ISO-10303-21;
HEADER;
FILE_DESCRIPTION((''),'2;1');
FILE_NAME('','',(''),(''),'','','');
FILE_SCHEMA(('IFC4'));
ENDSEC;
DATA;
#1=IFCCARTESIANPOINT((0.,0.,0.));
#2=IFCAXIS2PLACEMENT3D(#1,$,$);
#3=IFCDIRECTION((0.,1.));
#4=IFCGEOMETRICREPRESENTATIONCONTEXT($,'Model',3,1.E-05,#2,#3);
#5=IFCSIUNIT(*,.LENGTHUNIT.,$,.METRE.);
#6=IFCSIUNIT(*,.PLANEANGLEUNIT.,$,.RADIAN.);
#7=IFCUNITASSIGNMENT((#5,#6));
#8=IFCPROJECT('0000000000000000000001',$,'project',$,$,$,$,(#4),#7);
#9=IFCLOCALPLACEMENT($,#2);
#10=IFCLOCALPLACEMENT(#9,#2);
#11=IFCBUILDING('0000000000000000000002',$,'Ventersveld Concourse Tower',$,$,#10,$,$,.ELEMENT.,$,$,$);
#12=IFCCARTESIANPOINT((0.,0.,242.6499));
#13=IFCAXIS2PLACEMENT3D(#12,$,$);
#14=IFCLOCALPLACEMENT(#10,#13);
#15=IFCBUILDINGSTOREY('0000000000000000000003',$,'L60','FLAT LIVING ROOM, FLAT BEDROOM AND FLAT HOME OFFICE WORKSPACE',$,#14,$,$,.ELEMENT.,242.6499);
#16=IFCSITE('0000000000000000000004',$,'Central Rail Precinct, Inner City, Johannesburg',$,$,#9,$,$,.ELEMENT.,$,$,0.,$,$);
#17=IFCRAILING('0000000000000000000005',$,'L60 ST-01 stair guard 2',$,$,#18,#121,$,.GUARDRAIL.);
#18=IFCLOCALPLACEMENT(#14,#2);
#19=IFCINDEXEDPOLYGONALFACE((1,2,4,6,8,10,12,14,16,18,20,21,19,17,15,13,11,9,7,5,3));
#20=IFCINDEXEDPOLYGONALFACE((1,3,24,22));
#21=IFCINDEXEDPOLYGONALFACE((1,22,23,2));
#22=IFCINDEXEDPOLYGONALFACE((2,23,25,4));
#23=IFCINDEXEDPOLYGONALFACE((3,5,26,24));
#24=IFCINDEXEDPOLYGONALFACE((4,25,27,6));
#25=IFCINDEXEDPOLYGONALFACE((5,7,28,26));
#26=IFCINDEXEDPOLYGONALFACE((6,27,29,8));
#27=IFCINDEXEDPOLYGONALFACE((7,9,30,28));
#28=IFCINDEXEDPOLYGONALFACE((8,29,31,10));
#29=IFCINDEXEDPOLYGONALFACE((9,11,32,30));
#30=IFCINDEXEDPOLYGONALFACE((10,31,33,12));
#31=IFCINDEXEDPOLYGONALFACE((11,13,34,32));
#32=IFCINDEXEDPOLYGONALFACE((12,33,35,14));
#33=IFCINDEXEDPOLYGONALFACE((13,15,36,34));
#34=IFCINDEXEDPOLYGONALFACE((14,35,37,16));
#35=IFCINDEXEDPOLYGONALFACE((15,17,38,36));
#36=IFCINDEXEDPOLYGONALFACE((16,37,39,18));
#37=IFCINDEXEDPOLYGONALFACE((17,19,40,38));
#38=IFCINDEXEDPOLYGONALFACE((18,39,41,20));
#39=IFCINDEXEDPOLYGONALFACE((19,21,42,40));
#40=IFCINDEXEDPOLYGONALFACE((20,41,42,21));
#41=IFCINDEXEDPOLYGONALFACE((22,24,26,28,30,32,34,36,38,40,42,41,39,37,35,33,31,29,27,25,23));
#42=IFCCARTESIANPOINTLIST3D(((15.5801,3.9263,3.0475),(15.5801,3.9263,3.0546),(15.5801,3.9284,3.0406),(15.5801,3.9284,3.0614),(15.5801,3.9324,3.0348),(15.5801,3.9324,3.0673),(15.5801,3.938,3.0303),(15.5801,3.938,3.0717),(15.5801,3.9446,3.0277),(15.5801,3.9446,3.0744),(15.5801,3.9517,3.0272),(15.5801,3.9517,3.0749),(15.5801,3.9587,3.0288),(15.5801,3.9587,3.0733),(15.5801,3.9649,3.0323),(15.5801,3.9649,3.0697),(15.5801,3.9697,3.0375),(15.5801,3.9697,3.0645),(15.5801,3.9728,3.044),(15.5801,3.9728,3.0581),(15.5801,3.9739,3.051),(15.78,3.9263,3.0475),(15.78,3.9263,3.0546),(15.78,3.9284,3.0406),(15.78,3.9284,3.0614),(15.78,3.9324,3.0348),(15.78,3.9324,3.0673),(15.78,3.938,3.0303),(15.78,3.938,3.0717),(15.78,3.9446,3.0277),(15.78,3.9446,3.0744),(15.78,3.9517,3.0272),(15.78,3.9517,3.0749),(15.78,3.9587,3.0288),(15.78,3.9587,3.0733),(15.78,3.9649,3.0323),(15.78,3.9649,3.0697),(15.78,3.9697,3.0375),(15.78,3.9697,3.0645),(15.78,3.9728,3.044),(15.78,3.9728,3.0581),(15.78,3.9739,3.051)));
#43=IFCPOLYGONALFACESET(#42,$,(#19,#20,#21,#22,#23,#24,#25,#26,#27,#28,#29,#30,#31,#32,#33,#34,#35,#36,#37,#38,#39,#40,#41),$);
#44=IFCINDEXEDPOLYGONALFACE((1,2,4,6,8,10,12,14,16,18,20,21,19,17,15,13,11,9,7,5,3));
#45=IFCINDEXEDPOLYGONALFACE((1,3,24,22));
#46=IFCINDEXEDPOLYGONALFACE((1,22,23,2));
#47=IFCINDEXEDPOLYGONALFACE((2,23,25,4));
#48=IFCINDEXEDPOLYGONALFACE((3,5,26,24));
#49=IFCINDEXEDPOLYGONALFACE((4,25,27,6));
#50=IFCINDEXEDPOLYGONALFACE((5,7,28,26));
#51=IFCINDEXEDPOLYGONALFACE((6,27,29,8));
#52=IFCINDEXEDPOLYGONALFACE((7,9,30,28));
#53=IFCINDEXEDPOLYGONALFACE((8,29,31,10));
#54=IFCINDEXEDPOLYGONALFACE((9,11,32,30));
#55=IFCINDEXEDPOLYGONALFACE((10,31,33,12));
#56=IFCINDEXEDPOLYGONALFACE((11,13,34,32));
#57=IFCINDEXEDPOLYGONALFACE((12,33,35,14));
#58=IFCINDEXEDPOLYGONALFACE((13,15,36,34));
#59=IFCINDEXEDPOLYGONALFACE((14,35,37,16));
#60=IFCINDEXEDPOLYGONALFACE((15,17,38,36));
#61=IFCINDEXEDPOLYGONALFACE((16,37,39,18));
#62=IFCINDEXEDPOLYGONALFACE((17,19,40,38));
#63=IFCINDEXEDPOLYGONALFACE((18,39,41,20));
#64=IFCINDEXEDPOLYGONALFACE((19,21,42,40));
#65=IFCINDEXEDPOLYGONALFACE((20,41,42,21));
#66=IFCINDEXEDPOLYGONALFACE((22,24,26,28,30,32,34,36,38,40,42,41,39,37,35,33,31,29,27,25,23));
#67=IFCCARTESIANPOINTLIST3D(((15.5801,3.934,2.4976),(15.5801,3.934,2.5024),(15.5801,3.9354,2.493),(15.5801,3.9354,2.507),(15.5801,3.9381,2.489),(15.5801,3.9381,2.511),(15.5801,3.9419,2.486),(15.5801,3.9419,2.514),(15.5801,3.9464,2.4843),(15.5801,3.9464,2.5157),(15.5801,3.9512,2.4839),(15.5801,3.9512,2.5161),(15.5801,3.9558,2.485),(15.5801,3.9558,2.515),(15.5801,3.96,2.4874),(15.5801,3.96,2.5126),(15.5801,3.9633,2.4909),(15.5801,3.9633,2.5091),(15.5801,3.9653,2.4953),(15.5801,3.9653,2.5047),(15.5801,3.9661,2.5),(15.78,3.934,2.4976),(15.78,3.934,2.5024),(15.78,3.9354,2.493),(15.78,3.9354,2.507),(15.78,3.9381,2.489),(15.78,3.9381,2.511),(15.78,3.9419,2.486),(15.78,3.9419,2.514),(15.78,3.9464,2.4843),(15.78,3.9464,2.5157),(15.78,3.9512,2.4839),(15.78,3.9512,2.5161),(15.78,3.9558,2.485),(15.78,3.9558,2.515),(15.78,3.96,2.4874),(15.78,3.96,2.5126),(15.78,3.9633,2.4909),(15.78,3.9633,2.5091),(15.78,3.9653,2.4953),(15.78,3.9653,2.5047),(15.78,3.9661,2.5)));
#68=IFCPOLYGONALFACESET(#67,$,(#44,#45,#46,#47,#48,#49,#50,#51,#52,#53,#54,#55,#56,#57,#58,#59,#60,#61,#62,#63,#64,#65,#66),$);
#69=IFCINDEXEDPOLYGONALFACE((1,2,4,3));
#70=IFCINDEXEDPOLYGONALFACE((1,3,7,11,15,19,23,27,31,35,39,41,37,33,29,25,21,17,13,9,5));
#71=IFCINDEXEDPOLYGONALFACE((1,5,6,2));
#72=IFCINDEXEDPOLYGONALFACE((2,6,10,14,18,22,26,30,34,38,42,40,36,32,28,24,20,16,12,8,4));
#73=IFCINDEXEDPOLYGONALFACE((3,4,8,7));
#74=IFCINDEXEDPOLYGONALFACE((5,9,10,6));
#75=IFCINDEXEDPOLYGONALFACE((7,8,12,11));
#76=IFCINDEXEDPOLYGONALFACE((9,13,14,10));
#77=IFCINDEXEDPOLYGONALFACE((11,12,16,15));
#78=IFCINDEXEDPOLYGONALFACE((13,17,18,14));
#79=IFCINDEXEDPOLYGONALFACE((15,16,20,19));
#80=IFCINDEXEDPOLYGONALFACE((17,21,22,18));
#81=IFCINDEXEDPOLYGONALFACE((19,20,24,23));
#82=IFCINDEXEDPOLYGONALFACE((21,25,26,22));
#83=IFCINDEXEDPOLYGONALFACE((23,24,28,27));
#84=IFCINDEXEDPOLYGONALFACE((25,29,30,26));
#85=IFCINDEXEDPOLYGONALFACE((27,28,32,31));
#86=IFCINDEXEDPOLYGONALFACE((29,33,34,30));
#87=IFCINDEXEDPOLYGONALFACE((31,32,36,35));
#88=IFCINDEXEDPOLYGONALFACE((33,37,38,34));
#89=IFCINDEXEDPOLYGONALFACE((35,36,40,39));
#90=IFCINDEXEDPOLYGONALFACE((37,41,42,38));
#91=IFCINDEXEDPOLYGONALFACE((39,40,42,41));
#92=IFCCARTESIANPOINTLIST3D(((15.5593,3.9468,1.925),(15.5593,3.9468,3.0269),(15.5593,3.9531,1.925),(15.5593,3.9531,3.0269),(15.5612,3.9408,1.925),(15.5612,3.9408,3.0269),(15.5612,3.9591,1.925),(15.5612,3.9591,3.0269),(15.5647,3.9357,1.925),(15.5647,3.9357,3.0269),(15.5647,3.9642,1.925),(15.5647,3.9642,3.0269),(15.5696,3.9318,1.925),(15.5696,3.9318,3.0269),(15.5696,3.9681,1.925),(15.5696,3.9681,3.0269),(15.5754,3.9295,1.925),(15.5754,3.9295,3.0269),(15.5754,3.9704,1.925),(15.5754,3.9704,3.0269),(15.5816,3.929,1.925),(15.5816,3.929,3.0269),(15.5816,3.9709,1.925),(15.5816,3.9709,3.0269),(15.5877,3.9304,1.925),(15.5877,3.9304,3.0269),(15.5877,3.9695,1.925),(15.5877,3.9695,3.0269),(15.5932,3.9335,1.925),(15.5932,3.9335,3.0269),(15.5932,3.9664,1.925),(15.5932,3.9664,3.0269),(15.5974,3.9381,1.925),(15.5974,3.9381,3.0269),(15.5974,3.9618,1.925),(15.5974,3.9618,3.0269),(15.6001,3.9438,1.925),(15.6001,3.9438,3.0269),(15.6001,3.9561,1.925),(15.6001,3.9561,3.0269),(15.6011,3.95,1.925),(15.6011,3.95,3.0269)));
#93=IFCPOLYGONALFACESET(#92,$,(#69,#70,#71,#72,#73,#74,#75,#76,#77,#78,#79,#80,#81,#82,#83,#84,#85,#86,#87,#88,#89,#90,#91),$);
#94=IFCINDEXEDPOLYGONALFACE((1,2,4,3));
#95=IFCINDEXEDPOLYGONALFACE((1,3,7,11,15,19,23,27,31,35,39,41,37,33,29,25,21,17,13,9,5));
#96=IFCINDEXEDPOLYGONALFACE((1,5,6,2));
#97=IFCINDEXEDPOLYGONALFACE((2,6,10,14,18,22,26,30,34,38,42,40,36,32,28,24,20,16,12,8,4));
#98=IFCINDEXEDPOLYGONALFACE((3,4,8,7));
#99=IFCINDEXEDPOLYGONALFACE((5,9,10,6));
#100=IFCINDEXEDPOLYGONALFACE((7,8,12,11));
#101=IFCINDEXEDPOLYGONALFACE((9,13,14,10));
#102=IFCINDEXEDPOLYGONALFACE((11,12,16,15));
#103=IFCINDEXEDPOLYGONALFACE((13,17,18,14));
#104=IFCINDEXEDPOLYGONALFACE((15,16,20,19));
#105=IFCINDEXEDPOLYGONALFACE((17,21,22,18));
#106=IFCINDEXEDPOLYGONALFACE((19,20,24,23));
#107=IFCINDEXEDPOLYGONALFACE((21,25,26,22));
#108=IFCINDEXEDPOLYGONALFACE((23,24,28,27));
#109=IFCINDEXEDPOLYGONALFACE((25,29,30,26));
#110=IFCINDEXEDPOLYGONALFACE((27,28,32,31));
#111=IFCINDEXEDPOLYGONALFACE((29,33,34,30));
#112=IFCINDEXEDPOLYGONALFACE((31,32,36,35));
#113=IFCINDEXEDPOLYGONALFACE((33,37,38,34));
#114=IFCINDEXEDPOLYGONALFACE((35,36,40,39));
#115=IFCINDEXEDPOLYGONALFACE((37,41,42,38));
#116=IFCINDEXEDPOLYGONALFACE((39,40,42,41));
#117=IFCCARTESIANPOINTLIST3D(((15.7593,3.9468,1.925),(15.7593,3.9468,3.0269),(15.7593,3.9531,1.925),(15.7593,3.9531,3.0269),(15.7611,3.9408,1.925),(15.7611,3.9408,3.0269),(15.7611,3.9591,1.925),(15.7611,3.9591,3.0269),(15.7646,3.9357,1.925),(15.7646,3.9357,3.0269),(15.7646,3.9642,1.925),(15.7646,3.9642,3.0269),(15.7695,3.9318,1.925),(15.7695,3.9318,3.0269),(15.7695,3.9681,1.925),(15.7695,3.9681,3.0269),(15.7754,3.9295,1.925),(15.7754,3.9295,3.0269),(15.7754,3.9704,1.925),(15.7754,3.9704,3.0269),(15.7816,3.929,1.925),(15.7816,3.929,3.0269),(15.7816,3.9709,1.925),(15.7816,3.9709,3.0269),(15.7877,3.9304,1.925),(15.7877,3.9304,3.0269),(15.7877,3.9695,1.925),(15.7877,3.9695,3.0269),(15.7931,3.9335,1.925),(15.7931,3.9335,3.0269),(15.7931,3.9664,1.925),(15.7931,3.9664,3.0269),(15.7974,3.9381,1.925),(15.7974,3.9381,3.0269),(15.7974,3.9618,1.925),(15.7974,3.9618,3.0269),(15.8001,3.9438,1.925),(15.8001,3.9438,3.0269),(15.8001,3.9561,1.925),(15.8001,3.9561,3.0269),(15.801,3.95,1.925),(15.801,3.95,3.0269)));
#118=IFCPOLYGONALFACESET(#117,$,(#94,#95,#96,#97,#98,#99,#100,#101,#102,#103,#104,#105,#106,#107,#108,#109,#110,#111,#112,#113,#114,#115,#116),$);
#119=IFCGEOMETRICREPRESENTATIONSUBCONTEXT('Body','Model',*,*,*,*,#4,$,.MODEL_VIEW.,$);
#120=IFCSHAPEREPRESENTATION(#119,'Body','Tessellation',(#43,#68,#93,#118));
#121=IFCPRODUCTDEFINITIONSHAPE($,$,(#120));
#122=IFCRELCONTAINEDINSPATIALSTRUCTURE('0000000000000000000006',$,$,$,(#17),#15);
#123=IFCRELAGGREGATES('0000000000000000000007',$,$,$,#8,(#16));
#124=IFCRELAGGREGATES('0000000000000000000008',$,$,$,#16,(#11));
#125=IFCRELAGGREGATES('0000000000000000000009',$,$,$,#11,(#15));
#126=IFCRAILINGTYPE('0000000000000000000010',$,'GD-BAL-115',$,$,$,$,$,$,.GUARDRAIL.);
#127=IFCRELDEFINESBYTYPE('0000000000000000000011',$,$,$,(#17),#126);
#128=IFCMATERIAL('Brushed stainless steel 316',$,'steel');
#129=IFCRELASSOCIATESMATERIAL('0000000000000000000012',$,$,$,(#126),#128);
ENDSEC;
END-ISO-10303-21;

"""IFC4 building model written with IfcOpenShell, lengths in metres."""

from ifc_helpers import new_model, si_unit, direction, frame, origin, origin_2d, place, context, subcontext, project, spatial, circle, extrude, material, type_object, element, save


model = new_model("IFC4")

# Units and contexts
model_context = context("Model", 3, precision=1e-05, world=origin(), true_north=direction((0.0, 1.0)))
body_context = subcontext(model_context, "Body", "Model", "MODEL_VIEW")
ifc_project = project(units=[si_unit("LENGTHUNIT", "METRE"), si_unit("PLANEANGLEUNIT", "RADIAN")], contexts=[model_context])

# Site, building, storey
site_placement = place(None, origin())
site = spatial("IfcSite", under=ifc_project, at=site_placement, Name="Central Rail Precinct, Inner City, Johannesburg", CompositionType="ELEMENT", RefElevation=0.0)
building_placement = place(site_placement, origin())
building = spatial("IfcBuilding", under=site, at=building_placement, Name="Ventersveld Concourse Tower", CompositionType="ELEMENT")
storey_placement = place(building_placement, frame((0.0, 0.0, 242.6499)))
storey = spatial("IfcBuildingStorey", under=building, at=storey_placement, Name="L60", Description="FLAT LIVING ROOM, FLAT BEDROOM AND FLAT HOME OFFICE WORKSPACE", CompositionType="ELEMENT", Elevation=242.6499)

# Railing
ifc_material_1 = material(Name="Brushed stainless steel 316", Category="steel")
railing_type_1 = type_object("IfcRailingType", Name="GD-BAL-115", PredefinedType="GUARDRAIL", material=ifc_material_1)
railing_1_placement = place(storey_placement, frame((15.5801, 3.95, 1.925)))
element("IfcRailing", 1, at=railing_1_placement, inside=storey, type_object=railing_type_1, Name="L60 ST-01 stair guard 2", PredefinedType="GUARDRAIL", context=body_context, shape_type="SweptSolid", body=[
    extrude(circle(Radius=0.0239, at=origin_2d()), frame((0.0, 0.0, 1.126), z_axis=(1.0, 0.0, 0.0), x_axis=(0.0, 1.0, 0.0)), (0.0, 0.0, 1.0), 0.2),
    extrude(circle(Radius=0.0161, at=origin_2d()), frame((0.0, 0.0, 0.575), z_axis=(1.0, 0.0, 0.0), x_axis=(0.0, 1.0, 0.0)), (0.0, 0.0, 1.0), 0.2),
    extrude(circle(Radius=0.021, at=origin_2d()), origin(), (0.0, 0.0, 1.0), 1.1018),
    extrude(circle(Radius=0.021, at=origin_2d()), frame((0.2, 0.0, 0.0)), (0.0, 0.0, 1.0), 1.1018),
])

save(model, "model.ifc")
